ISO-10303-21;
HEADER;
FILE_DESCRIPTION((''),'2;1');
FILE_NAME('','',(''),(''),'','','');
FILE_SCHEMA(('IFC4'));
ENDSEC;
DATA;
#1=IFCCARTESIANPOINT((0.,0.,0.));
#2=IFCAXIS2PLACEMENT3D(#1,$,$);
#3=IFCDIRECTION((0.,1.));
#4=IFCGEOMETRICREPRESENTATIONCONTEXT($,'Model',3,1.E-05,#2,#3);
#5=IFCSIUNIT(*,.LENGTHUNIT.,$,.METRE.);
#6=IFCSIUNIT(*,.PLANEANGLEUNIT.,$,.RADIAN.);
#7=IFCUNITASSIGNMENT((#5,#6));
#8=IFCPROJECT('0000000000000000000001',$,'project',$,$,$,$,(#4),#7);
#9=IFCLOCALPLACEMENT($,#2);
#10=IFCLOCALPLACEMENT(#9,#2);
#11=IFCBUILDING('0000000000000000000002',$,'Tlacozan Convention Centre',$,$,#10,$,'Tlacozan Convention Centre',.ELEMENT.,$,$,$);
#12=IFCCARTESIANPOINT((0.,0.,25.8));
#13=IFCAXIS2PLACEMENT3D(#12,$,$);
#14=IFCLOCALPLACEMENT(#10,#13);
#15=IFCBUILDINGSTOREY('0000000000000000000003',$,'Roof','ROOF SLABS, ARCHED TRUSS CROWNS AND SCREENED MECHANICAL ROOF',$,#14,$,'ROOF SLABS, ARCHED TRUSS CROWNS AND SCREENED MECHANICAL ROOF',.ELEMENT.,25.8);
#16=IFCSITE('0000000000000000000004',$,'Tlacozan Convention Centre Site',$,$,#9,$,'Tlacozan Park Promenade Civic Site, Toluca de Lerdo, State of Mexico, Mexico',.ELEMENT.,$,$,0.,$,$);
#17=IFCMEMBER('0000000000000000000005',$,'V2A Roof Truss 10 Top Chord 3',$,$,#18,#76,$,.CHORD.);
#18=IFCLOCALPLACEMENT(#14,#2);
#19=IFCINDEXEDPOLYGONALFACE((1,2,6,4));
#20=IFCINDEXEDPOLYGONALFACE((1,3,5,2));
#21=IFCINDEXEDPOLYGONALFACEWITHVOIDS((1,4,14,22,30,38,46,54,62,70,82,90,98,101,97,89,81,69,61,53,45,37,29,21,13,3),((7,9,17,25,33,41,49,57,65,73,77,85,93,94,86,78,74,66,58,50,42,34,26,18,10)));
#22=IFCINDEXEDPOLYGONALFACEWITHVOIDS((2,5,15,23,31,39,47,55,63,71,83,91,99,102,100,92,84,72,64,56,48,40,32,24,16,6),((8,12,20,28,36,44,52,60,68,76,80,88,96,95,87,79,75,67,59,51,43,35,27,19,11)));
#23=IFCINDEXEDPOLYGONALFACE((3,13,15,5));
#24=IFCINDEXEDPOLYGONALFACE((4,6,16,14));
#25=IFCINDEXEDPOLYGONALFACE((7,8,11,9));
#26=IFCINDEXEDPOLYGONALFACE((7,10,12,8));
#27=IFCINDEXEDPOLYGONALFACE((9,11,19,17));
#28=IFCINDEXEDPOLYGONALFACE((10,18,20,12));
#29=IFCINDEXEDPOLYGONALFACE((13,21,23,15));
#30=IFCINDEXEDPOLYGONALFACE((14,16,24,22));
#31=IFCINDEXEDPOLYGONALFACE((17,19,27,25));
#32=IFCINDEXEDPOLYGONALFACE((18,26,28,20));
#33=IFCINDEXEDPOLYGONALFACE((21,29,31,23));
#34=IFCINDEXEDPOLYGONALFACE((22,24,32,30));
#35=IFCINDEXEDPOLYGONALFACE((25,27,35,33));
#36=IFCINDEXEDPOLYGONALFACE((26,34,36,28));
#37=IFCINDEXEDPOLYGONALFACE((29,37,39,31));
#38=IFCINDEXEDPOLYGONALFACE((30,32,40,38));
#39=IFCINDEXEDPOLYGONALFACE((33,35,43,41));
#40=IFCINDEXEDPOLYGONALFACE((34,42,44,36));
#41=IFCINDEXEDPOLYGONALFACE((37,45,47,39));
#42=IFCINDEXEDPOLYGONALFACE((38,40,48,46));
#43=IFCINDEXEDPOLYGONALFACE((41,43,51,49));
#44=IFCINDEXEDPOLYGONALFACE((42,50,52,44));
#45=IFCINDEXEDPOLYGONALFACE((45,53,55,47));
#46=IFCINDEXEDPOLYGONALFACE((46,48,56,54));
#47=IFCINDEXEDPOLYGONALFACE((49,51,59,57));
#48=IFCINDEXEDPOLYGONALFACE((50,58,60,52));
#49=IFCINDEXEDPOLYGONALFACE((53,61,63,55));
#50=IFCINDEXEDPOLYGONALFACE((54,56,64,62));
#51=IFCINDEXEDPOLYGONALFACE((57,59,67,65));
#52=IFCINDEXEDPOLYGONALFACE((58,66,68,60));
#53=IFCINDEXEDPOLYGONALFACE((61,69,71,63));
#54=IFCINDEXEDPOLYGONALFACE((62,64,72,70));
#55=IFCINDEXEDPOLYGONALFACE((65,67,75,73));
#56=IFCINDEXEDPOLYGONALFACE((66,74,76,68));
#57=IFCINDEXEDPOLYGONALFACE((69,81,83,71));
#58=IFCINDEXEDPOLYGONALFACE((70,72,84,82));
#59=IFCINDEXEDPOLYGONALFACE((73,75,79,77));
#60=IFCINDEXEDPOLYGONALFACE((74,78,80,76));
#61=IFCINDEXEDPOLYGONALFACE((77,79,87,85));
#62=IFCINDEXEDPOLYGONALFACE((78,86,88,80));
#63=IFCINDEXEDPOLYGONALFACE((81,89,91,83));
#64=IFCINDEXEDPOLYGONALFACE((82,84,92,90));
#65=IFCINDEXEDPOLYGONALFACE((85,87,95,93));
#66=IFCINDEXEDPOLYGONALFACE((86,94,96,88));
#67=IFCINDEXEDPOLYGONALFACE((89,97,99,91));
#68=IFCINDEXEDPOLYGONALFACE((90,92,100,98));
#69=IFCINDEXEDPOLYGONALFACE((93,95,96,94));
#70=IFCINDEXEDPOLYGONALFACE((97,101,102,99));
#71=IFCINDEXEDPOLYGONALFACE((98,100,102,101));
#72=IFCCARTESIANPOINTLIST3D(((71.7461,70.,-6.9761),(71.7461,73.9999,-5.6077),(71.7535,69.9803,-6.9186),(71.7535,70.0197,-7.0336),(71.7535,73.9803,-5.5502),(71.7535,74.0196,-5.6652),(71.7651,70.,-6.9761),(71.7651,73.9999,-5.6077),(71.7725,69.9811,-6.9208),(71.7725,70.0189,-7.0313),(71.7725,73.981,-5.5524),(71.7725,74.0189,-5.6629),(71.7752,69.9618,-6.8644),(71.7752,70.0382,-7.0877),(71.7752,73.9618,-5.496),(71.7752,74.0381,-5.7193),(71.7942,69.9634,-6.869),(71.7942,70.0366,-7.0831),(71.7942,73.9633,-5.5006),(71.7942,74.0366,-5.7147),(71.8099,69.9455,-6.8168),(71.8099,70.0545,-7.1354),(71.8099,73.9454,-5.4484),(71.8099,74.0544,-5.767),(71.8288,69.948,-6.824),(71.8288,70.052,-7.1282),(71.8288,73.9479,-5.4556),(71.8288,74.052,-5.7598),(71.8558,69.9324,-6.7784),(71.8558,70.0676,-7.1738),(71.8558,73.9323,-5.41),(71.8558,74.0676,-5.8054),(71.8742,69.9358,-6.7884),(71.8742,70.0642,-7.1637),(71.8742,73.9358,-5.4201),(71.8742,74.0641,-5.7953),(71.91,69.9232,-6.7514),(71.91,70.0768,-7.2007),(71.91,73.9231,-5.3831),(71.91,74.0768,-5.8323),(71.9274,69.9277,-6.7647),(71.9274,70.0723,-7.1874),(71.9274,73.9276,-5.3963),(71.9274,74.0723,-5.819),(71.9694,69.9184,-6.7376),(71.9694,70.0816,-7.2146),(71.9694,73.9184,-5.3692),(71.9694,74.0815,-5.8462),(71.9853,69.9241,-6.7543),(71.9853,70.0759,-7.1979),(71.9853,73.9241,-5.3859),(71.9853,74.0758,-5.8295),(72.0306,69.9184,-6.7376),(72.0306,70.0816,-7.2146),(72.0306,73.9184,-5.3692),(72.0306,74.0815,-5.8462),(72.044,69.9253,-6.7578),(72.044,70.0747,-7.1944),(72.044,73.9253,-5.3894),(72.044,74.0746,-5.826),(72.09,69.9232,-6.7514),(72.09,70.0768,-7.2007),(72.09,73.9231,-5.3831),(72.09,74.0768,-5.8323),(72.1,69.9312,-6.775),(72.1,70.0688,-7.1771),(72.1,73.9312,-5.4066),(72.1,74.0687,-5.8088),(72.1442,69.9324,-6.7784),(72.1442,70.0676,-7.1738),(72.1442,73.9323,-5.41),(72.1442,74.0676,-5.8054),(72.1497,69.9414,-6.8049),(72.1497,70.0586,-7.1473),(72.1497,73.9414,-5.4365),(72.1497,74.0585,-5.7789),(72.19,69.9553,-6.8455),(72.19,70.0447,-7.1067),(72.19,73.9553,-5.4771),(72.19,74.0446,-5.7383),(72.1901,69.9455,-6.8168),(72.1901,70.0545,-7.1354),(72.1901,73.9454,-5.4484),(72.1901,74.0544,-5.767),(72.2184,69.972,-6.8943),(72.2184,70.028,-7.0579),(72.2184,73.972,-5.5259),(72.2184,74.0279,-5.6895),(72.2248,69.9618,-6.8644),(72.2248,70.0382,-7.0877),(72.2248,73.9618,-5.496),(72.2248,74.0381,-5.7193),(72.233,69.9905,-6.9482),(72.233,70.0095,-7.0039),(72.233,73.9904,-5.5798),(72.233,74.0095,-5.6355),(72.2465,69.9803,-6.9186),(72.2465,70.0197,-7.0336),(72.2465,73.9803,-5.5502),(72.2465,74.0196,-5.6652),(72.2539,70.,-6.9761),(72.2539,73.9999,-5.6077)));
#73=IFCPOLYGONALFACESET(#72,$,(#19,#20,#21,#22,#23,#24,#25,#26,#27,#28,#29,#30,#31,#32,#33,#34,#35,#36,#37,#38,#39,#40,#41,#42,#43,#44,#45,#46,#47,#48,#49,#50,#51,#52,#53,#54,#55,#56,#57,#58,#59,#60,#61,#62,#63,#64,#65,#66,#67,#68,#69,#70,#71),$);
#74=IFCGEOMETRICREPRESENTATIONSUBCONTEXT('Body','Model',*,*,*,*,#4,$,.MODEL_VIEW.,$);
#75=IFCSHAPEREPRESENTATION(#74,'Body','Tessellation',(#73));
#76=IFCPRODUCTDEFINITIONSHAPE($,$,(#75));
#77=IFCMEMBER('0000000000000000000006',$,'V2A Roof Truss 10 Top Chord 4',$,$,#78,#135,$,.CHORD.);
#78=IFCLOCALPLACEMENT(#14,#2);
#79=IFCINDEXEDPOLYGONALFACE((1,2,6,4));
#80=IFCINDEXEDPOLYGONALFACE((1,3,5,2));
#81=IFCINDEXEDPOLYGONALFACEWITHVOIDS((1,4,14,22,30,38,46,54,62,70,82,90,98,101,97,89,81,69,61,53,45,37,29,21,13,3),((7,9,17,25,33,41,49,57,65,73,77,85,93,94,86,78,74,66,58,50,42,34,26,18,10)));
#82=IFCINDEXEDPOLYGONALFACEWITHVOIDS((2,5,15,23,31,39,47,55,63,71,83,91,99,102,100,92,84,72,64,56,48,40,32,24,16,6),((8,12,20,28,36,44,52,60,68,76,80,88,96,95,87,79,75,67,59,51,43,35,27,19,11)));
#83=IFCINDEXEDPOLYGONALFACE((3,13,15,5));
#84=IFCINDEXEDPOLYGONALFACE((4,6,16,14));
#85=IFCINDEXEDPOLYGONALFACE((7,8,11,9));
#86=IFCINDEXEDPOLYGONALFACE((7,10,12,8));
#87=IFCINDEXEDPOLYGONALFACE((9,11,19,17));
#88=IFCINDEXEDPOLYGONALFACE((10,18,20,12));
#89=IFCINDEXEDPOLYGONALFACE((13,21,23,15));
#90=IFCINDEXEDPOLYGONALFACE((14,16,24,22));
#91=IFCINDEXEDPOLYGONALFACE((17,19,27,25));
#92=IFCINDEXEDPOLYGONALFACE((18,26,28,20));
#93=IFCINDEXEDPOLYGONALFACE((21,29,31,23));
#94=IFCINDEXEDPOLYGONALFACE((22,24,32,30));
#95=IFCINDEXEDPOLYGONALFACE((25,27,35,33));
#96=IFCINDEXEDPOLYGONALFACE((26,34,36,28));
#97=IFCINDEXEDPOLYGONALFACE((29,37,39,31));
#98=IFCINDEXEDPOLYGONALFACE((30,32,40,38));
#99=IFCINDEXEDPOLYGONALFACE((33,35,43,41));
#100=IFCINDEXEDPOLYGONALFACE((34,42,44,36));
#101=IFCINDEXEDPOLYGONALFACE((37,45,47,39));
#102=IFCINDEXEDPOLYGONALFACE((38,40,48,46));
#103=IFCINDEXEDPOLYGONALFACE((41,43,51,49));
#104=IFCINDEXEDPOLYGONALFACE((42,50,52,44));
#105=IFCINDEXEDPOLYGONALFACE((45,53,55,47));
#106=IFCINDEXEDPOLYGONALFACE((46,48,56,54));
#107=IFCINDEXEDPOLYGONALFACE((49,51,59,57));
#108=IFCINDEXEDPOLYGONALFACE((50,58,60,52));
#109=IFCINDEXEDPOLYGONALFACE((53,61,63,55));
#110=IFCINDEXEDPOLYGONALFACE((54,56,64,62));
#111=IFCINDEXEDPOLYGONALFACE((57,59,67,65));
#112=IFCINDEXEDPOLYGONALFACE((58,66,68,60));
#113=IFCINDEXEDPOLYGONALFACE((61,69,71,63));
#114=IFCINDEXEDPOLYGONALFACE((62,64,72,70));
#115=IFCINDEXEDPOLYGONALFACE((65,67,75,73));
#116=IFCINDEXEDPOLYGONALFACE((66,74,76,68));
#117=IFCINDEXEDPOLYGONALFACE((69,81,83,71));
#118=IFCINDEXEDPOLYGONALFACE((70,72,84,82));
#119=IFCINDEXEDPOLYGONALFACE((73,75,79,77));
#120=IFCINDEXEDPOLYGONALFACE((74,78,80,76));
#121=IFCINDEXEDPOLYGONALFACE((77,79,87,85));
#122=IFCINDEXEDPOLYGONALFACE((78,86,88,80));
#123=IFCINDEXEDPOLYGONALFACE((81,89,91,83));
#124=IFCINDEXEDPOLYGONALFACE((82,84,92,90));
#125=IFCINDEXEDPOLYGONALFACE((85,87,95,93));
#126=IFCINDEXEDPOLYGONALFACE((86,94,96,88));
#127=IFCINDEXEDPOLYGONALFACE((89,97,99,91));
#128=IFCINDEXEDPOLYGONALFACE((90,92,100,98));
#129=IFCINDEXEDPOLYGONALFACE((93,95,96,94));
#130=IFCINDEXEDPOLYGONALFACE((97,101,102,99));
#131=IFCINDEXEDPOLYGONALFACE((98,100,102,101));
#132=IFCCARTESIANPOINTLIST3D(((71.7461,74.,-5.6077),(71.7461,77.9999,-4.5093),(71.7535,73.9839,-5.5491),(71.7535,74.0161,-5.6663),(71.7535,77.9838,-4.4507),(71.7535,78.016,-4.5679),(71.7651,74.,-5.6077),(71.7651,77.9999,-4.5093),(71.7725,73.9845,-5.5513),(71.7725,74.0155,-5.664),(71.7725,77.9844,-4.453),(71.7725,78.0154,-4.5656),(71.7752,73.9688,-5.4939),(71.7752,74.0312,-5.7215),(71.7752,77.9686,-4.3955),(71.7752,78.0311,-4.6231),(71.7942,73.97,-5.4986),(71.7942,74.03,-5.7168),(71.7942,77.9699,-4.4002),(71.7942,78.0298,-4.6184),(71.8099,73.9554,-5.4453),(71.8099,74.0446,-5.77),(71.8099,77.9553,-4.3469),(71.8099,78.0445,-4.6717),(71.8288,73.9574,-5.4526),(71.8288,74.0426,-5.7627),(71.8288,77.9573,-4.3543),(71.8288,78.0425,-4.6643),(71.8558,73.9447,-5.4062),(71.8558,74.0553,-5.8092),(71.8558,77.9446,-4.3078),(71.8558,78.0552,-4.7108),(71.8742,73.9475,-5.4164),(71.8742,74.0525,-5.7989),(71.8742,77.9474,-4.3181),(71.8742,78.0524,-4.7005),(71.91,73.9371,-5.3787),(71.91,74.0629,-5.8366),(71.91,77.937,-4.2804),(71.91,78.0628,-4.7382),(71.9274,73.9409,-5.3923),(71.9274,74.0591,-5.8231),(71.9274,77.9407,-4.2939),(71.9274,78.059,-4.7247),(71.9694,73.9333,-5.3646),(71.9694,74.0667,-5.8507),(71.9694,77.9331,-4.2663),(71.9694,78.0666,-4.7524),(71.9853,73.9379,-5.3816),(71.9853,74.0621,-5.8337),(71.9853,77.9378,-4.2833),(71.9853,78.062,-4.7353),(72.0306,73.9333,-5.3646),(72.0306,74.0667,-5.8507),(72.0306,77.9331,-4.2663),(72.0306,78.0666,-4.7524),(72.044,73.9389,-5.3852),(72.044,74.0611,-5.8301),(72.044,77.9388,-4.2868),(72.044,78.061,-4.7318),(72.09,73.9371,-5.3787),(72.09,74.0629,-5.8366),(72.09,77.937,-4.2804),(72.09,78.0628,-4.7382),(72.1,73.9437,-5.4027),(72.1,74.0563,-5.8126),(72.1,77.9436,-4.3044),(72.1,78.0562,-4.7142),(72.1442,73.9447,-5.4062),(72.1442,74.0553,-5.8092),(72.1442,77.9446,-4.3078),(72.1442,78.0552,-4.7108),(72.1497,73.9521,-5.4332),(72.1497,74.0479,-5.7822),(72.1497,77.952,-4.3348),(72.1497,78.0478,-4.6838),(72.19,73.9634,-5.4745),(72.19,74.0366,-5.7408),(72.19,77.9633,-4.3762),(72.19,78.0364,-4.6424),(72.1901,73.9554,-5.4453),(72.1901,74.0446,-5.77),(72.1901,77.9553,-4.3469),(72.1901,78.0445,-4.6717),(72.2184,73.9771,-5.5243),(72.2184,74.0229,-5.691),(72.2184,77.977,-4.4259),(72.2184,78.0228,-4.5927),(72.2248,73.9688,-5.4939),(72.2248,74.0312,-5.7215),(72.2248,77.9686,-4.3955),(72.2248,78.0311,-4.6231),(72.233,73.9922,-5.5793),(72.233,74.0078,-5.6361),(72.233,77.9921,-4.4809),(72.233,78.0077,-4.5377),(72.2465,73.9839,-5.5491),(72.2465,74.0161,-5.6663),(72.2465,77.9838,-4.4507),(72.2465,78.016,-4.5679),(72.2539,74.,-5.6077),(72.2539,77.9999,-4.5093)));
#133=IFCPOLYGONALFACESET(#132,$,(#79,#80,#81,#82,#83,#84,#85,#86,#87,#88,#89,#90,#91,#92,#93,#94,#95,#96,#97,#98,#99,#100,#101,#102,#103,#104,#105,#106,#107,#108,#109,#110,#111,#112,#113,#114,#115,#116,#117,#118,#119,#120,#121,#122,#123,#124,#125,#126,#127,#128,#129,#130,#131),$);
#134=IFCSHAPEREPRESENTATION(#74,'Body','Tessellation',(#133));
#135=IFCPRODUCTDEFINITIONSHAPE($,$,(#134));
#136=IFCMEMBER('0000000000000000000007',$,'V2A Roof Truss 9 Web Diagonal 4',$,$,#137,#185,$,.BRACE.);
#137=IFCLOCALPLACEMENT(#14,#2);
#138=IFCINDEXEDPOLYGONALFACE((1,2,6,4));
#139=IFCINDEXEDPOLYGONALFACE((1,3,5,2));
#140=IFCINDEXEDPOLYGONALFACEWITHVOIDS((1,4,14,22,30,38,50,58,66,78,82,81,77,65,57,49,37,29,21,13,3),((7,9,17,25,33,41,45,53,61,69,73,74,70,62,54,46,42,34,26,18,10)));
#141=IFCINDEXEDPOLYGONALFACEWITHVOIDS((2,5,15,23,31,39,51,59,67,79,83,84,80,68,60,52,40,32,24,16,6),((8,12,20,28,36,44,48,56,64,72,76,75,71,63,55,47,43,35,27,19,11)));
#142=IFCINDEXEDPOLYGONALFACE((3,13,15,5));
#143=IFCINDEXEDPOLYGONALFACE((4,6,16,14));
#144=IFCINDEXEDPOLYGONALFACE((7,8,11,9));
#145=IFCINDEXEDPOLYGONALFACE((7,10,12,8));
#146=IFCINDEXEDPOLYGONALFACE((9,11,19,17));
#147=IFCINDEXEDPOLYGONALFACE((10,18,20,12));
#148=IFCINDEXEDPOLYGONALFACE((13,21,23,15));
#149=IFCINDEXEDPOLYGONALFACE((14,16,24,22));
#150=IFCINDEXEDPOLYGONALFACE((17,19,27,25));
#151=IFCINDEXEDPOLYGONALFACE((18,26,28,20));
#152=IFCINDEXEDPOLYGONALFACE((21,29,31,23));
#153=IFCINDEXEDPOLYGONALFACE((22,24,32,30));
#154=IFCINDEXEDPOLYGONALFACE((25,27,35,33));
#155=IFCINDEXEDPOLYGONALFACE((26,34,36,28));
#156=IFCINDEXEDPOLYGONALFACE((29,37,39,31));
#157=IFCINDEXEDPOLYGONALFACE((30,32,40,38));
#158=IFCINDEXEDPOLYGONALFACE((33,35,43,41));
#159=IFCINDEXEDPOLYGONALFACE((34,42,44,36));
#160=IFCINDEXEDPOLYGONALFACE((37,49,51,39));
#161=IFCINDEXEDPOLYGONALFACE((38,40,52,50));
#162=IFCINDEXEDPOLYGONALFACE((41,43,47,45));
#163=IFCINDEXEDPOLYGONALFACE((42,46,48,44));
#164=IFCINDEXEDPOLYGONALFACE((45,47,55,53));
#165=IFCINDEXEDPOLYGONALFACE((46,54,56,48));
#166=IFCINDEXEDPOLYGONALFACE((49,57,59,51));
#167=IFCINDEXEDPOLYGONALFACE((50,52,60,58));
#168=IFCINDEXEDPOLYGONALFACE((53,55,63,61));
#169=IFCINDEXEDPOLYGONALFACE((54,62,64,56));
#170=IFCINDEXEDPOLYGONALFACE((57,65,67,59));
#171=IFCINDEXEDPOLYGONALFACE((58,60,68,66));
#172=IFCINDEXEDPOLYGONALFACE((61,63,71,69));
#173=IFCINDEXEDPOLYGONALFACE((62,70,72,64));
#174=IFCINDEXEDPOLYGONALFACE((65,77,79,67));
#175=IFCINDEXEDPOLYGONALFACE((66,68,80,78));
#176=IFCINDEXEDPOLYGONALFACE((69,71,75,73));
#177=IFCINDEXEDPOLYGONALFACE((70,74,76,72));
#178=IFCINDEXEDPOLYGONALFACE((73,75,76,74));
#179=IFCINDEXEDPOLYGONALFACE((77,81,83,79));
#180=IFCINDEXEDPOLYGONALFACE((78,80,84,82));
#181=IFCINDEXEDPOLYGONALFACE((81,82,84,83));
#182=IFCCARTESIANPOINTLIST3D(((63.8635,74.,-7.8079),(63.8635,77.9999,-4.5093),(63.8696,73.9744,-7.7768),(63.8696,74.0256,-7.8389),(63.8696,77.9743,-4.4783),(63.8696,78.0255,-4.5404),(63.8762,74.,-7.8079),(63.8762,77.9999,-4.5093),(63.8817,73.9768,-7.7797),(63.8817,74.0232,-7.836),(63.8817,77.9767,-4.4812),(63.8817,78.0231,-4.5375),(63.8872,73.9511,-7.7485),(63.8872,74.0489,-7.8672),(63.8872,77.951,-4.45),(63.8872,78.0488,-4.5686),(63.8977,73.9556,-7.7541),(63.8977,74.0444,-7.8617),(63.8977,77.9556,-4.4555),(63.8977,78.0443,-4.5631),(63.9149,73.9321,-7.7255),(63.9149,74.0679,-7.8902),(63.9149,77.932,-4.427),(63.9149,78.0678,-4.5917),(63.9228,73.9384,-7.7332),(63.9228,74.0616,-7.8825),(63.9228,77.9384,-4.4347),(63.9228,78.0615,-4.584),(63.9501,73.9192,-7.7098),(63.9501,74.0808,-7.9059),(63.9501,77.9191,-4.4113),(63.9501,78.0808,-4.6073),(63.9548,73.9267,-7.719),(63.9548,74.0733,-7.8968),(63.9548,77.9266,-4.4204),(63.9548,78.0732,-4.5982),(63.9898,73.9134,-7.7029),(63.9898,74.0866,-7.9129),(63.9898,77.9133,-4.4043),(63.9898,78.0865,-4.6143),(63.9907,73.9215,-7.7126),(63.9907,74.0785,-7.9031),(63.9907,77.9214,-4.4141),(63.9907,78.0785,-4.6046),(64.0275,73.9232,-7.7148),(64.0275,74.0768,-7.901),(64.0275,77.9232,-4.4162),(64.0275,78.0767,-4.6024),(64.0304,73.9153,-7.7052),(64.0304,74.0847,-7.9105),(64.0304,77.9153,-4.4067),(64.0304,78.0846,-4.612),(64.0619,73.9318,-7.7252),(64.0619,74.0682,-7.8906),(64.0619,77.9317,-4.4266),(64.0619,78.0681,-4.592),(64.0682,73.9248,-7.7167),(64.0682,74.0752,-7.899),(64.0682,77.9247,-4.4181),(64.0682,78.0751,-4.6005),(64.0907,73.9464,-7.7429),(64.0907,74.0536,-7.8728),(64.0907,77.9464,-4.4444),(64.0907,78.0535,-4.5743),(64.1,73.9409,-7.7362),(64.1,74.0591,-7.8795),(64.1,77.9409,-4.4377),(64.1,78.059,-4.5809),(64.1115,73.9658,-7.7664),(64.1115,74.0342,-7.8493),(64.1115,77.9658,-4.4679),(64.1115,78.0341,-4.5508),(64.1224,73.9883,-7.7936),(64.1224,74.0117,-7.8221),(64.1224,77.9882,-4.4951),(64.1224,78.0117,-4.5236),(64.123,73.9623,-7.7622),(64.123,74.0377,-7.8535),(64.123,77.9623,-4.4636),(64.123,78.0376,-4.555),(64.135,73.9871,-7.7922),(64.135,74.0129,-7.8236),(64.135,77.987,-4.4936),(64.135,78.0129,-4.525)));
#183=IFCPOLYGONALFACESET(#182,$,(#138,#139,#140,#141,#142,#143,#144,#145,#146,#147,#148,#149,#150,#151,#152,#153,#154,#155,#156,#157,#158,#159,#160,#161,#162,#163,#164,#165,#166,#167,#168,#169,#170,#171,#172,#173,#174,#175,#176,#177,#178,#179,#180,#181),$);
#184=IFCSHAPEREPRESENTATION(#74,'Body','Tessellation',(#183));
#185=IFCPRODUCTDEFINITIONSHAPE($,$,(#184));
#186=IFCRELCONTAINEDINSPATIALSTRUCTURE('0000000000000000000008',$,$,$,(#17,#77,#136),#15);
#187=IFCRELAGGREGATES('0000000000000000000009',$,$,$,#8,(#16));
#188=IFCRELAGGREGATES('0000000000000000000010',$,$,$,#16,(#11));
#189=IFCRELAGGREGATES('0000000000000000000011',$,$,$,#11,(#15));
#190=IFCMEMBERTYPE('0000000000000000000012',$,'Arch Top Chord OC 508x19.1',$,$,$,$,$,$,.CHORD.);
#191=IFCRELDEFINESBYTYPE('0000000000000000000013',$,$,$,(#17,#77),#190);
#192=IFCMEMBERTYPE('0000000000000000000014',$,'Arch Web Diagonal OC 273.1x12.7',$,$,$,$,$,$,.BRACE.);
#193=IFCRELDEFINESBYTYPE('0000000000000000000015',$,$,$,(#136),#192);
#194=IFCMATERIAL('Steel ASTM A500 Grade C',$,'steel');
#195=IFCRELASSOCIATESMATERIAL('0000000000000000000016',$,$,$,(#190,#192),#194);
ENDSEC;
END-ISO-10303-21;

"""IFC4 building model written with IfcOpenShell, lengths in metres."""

from ifc_helpers import new_model, si_unit, direction, frame, origin, origin_2d, place, context, subcontext, project, spatial, hollow_circle, extrude, material, material_profile, profile_set, type_object, element, save


model = new_model("IFC4")

# Units and contexts
model_context = context("Model", 3, precision=1e-05, world=origin(), true_north=direction((0.0, 1.0)))
body_context = subcontext(model_context, "Body", "Model", "MODEL_VIEW")
ifc_project = project(units=[si_unit("LENGTHUNIT", "METRE"), si_unit("PLANEANGLEUNIT", "RADIAN")], contexts=[model_context])

# Site, building, storey
site_placement = place(None, origin())
site = spatial("IfcSite", under=ifc_project, at=site_placement, Name="Tlacozan Convention Centre Site", LongName="Tlacozan Park Promenade Civic Site, Toluca de Lerdo, State of Mexico, Mexico", CompositionType="ELEMENT", RefElevation=0.0)
building_placement = place(site_placement, origin())
building = spatial("IfcBuilding", under=site, at=building_placement, Name="Tlacozan Convention Centre", LongName="Tlacozan Convention Centre", CompositionType="ELEMENT")
storey_placement = place(building_placement, frame((0.0, 0.0, 25.8)))
storey = spatial("IfcBuildingStorey", under=building, at=storey_placement, Name="Roof", Description="ROOF SLABS, ARCHED TRUSS CROWNS AND SCREENED MECHANICAL ROOF", LongName="ROOF SLABS, ARCHED TRUSS CROWNS AND SCREENED MECHANICAL ROOF", CompositionType="ELEMENT", Elevation=25.8)

# Members
ifc_material_1 = material(Name="Steel ASTM A500 Grade C", Category="steel")
ifc_material_profile_1 = material_profile(ifc_material_1, hollow_circle(Radius=0.2539, WallThickness=0.019, at=origin_2d()), Name="OC 508.0x19.1")
ifc_profile_set_1 = profile_set([ifc_material_profile_1], Name="Steel ASTM A500 Grade C")
member_type_1 = type_object("IfcMemberType", Name="Arch Top Chord OC 508x19.1", PredefinedType="CHORD", material=ifc_profile_set_1)
member_1_placement = place(storey_placement, frame((72.0, 70.0, -6.9761), z_axis=(0.0, 0.946165, 0.323685), x_axis=(-1.0, 0.0, 0.0)))
element("IfcMember", 1, at=member_1_placement, inside=storey, type_object=member_type_1, Name="V2A Roof Truss 10 Top Chord 3", PredefinedType="CHORD", context=body_context, shape_type="SweptSolid", body=[
    extrude(hollow_circle(Radius=0.2539, WallThickness=0.019, at=origin_2d()), origin(), (0.0, 0.0, 1.0), 4.2275),
])
member_2_placement = place(storey_placement, frame((72.0, 74.0, -5.6077), z_axis=(0.0, 0.964305, 0.264795), x_axis=(-1.0, 0.0, 0.0)))
element("IfcMember", 2, at=member_2_placement, inside=storey, type_object=member_type_1, Name="V2A Roof Truss 10 Top Chord 4", PredefinedType="CHORD", context=body_context, shape_type="SweptSolid", body=[
    extrude(hollow_circle(Radius=0.2539, WallThickness=0.019, at=origin_2d()), origin(), (0.0, 0.0, 1.0), 4.1479),
])
ifc_material_profile_2 = material_profile(ifc_material_1, hollow_circle(Radius=0.1365, WallThickness=0.0127, at=origin_2d()), Name="OC 273.1x12.7")
ifc_profile_set_2 = profile_set([ifc_material_profile_2], Name="Steel ASTM A500 Grade C")
member_type_2 = type_object("IfcMemberType", Name="Arch Web Diagonal OC 273.1x12.7", PredefinedType="BRACE", material=ifc_profile_set_2)
member_3_placement = place(storey_placement, frame((64.0, 74.0, -7.8079), z_axis=(0.0, 0.771507, 0.63622), x_axis=(-1.0, 0.0, 0.0)))
element("IfcMember", 3, at=member_3_placement, inside=storey, type_object=member_type_2, Name="V2A Roof Truss 9 Web Diagonal 4", PredefinedType="BRACE", context=body_context, shape_type="SweptSolid", body=[
    extrude(hollow_circle(Radius=0.1365, WallThickness=0.0127, at=origin_2d()), origin(), (0.0, 0.0, 1.0), 5.1846),
])

save(model, "model.ifc")
